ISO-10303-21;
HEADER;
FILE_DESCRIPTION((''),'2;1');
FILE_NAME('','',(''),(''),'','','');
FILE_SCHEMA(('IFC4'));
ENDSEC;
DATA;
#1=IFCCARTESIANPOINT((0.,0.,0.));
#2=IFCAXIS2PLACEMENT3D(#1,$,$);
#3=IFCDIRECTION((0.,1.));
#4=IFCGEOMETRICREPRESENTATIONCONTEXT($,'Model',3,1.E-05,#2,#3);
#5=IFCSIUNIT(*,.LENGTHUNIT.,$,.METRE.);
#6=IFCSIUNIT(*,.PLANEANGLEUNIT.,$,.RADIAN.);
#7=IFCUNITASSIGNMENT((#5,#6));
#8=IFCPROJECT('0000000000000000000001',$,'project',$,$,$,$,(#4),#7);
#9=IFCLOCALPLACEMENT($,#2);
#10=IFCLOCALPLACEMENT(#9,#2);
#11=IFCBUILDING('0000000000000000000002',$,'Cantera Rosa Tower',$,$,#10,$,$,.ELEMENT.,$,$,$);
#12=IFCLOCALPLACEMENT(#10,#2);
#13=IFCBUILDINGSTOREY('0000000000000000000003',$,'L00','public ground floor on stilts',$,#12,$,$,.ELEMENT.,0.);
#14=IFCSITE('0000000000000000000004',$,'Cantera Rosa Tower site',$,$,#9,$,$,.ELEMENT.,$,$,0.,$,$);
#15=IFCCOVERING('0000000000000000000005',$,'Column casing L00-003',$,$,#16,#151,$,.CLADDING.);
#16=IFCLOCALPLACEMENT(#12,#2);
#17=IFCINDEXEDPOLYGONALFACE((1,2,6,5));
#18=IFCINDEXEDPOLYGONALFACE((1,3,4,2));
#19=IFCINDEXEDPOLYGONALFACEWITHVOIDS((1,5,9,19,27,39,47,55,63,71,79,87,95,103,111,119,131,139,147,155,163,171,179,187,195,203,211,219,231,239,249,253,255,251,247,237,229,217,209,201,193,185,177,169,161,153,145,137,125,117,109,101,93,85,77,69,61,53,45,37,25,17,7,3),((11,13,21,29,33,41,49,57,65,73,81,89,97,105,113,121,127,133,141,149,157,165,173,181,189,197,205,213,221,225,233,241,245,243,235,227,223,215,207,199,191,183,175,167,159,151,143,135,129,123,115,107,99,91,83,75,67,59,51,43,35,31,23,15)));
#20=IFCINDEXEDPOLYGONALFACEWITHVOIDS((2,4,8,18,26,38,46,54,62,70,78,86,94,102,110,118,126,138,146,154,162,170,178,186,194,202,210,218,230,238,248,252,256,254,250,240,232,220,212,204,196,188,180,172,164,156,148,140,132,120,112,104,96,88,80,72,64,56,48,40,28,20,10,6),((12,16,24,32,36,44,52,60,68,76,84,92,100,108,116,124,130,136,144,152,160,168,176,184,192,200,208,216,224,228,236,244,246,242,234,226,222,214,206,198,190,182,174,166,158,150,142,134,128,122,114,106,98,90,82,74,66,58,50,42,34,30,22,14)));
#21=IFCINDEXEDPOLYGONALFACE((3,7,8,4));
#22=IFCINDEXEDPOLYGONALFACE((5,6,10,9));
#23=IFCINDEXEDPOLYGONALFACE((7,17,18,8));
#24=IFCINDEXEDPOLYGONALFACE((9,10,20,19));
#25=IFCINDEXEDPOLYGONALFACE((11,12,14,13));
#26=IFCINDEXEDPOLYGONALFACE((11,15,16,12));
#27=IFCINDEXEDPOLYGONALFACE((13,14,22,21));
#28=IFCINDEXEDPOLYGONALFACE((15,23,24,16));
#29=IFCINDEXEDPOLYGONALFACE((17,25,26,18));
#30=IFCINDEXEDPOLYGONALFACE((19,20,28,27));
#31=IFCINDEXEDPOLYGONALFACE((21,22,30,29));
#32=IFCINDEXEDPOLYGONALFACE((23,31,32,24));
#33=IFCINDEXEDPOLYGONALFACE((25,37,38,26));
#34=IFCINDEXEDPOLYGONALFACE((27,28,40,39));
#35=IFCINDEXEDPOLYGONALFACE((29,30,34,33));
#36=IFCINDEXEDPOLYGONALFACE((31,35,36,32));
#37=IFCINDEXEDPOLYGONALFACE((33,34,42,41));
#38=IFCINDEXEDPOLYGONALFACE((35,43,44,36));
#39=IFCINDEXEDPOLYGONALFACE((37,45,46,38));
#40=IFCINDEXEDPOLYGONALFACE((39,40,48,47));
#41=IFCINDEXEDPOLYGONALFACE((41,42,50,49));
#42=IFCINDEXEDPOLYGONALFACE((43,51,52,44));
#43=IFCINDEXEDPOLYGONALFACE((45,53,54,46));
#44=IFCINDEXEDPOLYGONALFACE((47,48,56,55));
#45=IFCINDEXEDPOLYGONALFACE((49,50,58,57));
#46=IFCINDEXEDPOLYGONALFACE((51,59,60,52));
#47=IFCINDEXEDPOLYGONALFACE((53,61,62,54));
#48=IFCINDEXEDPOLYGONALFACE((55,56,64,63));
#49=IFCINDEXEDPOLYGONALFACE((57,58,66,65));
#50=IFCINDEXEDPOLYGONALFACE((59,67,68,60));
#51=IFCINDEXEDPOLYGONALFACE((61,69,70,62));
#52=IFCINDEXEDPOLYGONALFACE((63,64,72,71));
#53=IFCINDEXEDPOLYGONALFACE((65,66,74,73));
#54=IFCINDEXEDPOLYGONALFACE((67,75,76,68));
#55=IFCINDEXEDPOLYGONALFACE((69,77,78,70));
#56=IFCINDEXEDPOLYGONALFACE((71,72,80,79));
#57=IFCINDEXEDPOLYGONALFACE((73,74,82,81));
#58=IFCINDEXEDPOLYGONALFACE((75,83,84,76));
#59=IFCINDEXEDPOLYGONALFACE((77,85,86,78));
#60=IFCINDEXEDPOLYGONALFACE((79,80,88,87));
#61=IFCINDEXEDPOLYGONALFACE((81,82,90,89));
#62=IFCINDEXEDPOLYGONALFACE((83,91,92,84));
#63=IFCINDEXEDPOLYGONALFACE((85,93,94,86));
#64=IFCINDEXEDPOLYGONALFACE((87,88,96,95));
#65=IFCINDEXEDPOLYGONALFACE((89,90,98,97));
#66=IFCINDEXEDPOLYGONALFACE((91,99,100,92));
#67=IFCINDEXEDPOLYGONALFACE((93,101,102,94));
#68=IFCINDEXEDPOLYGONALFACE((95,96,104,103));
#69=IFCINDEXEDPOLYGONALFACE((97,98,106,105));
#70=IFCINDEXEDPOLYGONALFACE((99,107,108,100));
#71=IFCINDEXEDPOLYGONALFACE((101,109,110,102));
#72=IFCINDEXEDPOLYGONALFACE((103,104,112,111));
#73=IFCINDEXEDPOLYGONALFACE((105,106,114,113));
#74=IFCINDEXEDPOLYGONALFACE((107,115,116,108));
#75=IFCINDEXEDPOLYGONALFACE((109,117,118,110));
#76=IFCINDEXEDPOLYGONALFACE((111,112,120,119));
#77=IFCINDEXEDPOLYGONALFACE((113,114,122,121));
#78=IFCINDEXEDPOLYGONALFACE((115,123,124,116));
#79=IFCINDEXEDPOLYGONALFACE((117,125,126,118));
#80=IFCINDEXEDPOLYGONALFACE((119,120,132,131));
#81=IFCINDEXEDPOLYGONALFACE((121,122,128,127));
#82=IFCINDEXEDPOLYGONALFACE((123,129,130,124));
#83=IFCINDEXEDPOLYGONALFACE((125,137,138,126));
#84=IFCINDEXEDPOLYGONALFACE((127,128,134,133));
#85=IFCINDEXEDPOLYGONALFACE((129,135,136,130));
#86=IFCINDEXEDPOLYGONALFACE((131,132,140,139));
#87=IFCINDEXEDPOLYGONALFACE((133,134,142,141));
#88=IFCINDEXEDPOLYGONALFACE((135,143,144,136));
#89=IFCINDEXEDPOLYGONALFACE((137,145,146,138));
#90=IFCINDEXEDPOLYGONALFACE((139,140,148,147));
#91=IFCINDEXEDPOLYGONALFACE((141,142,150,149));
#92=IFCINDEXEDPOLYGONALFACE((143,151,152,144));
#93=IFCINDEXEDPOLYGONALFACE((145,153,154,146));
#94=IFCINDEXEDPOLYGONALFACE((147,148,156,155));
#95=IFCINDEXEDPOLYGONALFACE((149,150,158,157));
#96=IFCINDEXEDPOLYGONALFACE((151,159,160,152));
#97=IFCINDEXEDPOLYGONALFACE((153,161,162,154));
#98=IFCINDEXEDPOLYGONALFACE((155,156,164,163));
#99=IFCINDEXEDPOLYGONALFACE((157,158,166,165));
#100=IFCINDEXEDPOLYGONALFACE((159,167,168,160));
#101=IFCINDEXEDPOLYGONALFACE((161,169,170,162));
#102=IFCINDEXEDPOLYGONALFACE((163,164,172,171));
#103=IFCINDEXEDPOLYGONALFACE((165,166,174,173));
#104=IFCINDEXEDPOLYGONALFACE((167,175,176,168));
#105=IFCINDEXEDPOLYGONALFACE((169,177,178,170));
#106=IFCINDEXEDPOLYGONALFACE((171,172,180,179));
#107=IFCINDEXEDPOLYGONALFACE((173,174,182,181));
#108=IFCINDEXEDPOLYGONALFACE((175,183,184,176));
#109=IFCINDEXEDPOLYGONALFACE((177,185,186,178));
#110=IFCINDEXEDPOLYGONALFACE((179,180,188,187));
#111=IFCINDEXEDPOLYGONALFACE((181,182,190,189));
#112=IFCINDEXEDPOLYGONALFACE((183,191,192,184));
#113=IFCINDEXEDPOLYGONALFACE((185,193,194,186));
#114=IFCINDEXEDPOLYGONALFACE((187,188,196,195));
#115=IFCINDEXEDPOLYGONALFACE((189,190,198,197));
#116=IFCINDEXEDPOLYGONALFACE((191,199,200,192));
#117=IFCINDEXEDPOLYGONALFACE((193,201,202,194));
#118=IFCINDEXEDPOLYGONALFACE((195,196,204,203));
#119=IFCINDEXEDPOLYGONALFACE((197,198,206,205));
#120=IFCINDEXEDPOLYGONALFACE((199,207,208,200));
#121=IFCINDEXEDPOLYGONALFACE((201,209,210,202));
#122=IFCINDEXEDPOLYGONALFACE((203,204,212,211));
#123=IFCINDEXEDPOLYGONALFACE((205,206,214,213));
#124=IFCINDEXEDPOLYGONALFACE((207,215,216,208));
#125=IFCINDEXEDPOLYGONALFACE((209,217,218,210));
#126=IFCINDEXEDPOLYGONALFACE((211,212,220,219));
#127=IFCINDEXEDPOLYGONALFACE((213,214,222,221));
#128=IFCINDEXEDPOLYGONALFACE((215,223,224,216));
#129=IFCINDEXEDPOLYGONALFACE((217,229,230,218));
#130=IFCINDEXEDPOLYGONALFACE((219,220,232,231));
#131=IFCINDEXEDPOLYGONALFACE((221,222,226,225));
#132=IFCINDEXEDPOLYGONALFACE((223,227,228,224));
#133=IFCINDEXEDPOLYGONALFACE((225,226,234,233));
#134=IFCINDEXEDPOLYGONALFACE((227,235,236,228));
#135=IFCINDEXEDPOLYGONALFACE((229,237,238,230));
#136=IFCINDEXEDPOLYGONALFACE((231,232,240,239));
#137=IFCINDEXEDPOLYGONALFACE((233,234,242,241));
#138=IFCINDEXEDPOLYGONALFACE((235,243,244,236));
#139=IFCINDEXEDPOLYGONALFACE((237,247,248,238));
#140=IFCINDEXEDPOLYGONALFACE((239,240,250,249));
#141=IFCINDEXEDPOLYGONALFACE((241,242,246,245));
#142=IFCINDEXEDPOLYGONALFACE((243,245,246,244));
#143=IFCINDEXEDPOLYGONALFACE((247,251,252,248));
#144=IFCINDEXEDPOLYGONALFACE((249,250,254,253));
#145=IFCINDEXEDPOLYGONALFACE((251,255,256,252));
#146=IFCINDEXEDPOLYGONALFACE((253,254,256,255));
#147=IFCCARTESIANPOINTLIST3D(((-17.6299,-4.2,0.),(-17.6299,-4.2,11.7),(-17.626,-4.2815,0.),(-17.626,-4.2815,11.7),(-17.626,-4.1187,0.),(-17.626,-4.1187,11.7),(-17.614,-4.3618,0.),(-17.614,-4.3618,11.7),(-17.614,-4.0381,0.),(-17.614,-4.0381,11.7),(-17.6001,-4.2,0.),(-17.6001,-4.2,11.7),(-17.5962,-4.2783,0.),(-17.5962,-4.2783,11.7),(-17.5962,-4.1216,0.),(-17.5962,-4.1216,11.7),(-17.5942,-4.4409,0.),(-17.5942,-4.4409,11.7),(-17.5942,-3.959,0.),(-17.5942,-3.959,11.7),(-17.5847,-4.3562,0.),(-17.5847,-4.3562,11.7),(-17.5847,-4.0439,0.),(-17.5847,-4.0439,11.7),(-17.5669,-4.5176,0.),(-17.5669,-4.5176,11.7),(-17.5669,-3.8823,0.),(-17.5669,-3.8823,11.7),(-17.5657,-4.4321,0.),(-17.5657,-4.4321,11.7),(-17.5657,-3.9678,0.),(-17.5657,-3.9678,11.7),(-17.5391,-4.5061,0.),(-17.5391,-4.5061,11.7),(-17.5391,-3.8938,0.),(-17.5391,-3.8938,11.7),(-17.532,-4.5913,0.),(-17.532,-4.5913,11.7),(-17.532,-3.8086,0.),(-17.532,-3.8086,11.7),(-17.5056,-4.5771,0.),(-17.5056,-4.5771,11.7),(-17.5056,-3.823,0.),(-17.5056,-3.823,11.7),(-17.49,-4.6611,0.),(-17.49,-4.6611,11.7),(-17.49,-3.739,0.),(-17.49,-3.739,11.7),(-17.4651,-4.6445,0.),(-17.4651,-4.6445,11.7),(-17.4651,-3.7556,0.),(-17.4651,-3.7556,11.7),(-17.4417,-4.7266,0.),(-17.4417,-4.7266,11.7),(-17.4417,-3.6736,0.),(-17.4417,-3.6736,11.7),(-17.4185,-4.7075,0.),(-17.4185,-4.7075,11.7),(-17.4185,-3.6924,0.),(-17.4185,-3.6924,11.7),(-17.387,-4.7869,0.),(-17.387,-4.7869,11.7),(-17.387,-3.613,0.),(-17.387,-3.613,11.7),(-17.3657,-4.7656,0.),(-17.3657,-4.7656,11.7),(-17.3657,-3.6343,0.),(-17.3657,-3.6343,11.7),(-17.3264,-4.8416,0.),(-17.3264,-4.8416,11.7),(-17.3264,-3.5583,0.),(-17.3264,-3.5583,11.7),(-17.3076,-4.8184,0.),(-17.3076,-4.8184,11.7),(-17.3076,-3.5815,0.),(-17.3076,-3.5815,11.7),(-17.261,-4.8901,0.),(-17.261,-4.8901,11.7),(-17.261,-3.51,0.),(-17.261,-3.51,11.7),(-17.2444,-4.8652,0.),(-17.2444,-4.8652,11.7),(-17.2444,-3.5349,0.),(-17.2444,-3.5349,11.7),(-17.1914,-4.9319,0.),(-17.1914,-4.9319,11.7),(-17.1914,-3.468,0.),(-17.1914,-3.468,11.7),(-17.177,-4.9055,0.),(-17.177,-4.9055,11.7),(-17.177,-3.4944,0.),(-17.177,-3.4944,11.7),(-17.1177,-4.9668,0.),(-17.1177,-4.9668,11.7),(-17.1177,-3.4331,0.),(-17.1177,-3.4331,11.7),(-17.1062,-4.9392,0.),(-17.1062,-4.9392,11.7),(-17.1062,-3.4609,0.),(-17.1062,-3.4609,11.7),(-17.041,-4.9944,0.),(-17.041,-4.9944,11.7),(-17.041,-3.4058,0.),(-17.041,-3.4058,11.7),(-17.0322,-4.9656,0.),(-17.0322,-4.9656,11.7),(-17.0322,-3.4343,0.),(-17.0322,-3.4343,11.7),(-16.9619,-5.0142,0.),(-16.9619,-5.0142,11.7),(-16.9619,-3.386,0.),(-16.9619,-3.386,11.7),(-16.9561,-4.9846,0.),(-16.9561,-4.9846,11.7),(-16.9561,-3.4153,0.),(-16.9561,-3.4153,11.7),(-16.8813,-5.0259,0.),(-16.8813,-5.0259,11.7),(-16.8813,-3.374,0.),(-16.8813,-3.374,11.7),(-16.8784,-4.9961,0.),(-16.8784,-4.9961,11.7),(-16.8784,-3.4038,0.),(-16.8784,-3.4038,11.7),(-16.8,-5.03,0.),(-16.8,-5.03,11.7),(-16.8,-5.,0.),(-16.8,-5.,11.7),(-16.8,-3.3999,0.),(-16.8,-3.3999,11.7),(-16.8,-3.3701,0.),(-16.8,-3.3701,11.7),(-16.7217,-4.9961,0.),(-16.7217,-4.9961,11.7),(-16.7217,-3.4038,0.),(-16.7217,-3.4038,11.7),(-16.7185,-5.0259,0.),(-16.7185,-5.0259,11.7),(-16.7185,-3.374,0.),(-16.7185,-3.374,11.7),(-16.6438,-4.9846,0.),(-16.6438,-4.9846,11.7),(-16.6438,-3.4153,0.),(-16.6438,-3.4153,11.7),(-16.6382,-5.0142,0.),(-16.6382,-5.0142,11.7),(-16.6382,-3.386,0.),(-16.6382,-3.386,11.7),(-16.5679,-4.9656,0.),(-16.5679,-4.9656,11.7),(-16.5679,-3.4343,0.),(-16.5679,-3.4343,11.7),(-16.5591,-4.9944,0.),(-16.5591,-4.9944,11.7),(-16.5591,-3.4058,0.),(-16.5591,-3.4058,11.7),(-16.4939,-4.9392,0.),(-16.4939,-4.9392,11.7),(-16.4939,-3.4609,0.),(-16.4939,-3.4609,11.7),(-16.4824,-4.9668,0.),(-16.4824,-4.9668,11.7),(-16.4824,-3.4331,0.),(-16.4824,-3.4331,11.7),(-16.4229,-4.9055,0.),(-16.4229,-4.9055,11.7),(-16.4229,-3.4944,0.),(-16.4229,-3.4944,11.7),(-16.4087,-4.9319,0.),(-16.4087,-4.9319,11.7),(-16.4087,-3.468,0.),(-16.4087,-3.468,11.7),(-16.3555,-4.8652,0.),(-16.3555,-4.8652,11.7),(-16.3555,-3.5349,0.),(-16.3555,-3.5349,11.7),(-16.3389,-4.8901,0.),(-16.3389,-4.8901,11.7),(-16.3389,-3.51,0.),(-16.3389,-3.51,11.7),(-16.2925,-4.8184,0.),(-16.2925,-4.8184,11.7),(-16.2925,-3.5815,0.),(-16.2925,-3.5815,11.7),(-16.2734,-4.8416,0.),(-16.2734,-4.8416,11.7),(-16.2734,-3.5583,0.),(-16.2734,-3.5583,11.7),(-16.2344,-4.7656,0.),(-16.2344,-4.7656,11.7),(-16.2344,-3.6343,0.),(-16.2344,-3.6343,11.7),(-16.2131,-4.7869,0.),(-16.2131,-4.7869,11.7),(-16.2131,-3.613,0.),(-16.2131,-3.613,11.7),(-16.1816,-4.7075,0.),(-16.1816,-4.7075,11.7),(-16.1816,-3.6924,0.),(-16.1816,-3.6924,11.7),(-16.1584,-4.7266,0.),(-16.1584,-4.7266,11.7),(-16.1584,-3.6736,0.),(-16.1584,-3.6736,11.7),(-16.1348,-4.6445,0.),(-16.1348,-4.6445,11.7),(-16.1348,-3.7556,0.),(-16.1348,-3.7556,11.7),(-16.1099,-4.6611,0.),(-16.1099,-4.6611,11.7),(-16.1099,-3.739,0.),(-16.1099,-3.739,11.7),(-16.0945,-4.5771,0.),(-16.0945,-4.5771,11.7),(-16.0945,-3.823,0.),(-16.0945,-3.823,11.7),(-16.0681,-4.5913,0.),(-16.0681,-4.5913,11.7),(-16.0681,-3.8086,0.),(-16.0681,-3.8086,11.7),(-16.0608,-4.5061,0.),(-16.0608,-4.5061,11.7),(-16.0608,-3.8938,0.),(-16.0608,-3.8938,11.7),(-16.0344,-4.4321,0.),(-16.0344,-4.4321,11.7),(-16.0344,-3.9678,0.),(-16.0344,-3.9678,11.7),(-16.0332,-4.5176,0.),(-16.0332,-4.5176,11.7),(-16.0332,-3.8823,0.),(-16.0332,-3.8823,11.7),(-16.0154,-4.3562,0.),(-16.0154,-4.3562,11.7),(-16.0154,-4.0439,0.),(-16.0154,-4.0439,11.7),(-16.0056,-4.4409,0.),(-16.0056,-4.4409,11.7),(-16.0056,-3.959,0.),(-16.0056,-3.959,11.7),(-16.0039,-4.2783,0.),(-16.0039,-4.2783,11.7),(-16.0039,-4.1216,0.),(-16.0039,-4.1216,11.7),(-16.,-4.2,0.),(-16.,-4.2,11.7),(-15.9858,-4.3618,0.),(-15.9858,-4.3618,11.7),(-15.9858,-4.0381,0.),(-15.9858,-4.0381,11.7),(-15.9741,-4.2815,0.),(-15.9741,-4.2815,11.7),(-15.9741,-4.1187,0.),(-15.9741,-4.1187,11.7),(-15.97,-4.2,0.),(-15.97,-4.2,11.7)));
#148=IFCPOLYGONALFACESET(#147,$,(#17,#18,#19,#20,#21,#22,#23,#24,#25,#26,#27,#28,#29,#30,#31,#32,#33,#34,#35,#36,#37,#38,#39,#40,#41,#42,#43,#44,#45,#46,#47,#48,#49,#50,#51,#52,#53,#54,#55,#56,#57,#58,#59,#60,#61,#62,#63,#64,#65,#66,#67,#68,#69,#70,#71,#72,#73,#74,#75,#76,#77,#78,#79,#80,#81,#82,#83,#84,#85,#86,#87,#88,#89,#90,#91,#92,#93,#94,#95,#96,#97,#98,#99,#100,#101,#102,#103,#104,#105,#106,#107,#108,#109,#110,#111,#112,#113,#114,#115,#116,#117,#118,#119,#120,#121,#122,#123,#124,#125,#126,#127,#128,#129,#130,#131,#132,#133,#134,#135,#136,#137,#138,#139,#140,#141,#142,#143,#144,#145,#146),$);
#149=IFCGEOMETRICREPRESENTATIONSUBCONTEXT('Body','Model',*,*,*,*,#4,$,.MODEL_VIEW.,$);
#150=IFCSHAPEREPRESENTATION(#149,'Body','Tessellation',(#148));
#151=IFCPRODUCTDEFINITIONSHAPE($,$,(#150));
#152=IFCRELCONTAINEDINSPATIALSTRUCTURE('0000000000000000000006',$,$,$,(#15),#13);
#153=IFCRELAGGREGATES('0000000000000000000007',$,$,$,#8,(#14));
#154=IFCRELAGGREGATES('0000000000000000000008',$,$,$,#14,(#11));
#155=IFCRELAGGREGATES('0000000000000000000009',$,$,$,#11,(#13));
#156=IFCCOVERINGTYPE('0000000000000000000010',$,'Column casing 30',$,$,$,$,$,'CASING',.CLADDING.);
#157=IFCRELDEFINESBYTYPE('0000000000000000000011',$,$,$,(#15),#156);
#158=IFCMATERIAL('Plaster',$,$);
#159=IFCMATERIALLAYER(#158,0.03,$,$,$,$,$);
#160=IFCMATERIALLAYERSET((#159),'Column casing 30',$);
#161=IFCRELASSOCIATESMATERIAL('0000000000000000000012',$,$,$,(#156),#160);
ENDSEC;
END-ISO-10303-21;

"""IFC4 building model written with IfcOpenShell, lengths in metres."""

from ifc_helpers import new_model, si_unit, direction, origin, place, context, subcontext, project, spatial, polyline, outline, extrude, material, layer, layer_set, type_object, element, save


model = new_model("IFC4")

# Units and contexts
model_context = context("Model", 3, precision=1e-05, world=origin(), true_north=direction((0.0, 1.0)))
body_context = subcontext(model_context, "Body", "Model", "MODEL_VIEW")
ifc_project = project(units=[si_unit("LENGTHUNIT", "METRE"), si_unit("PLANEANGLEUNIT", "RADIAN")], contexts=[model_context])

# Site, building, storey
site_placement = place(None, origin())
site = spatial("IfcSite", under=ifc_project, at=site_placement, Name="Cantera Rosa Tower site", CompositionType="ELEMENT", RefElevation=0.0)
building_placement = place(site_placement, origin())
building = spatial("IfcBuilding", under=site, at=building_placement, Name="Cantera Rosa Tower", CompositionType="ELEMENT")
storey_placement = place(building_placement, origin())
storey = spatial("IfcBuildingStorey", under=building, at=storey_placement, Name="L00", Description="public ground floor on stilts", CompositionType="ELEMENT", Elevation=0.0)

# Covering
ifc_material_1 = material(Name="Plaster")
ifc_layer_1 = layer(ifc_material_1, 0.03)
ifc_layer_set_1 = layer_set([ifc_layer_1], Name="Column casing 30")
covering_type = type_object("IfcCoveringType", Name="Column casing 30", ElementType="CASING", PredefinedType="CLADDING", material=ifc_layer_set_1)
covering_1_placement = place(storey_placement, origin())
element("IfcCovering", 1, at=covering_1_placement, inside=storey, type_object=covering_type, Name="Column casing L00-003", PredefinedType="CLADDING", context=body_context, shape_type="SweptSolid", body=[
    extrude(outline(polyline([(-15.9741, -4.2815), (-15.97, -4.2), (-15.9741, -4.1187), (-15.9858, -4.0381), (-16.0056, -3.959), (-16.0332, -3.8823), (-16.0681, -3.8086), (-16.1099, -3.739), (-16.1584, -3.6736), (-16.2131, -3.613), (-16.2734, -3.5583), (-16.3389, -3.51), (-16.4087, -3.468), (-16.4824, -3.4331), (-16.5591, -3.4058), (-16.6382, -3.386), (-16.7185, -3.374), (-16.8, -3.3701), (-16.8813, -3.374), (-16.9619, -3.386), (-17.041, -3.4058), (-17.1177, -3.4331), (-17.1914, -3.468), (-17.261, -3.51), (-17.3264, -3.5583), (-17.387, -3.613), (-17.4417, -3.6736), (-17.49, -3.739), (-17.532, -3.8086), (-17.5669, -3.8823), (-17.5942, -3.959), (-17.614, -4.0381), (-17.626, -4.1187), (-17.6299, -4.2), (-17.626, -4.2815), (-17.614, -4.3618), (-17.5942, -4.4409), (-17.5669, -4.5176), (-17.532, -4.5913), (-17.49, -4.6611), (-17.4417, -4.7266), (-17.387, -4.7869), (-17.3264, -4.8416), (-17.261, -4.8901), (-17.1914, -4.9319), (-17.1177, -4.9668), (-17.041, -4.9944), (-16.9619, -5.0142), (-16.8813, -5.0259), (-16.8, -5.03), (-16.7185, -5.0259), (-16.6382, -5.0142), (-16.5591, -4.9944), (-16.4824, -4.9668), (-16.4087, -4.9319), (-16.3389, -4.8901), (-16.2734, -4.8416), (-16.2131, -4.7869), (-16.1584, -4.7266), (-16.1099, -4.6611), (-16.0681, -4.5913), (-16.0332, -4.5176), (-16.0056, -4.4409), (-15.9858, -4.3618), (-15.9741, -4.2815)]), holes=[polyline([(-16.0039, -4.1216), (-16.0154, -4.0439), (-16.0344, -3.9678), (-16.0608, -3.8938), (-16.0945, -3.823), (-16.1348, -3.7556), (-16.1816, -3.6924), (-16.2344, -3.6343), (-16.2925, -3.5815), (-16.3555, -3.5349), (-16.4229, -3.4944), (-16.4939, -3.4609), (-16.5679, -3.4343), (-16.6438, -3.4153), (-16.7217, -3.4038), (-16.8, -3.3999), (-16.8784, -3.4038), (-16.9561, -3.4153), (-17.0322, -3.4343), (-17.1062, -3.4609), (-17.177, -3.4944), (-17.2444, -3.5349), (-17.3076, -3.5815), (-17.3657, -3.6343), (-17.4185, -3.6924), (-17.4651, -3.7556), (-17.5056, -3.823), (-17.5391, -3.8938), (-17.5657, -3.9678), (-17.5847, -4.0439), (-17.5962, -4.1216), (-17.6001, -4.2), (-17.5962, -4.2783), (-17.5847, -4.3562), (-17.5657, -4.4321), (-17.5391, -4.5061), (-17.5056, -4.5771), (-17.4651, -4.6445), (-17.4185, -4.7075), (-17.3657, -4.7656), (-17.3076, -4.8184), (-17.2444, -4.8652), (-17.177, -4.9055), (-17.1062, -4.9392), (-17.0322, -4.9656), (-16.9561, -4.9846), (-16.8784, -4.9961), (-16.8, -5.0), (-16.7217, -4.9961), (-16.6438, -4.9846), (-16.5679, -4.9656), (-16.4939, -4.9392), (-16.4229, -4.9055), (-16.3555, -4.8652), (-16.2925, -4.8184), (-16.2344, -4.7656), (-16.1816, -4.7075), (-16.1348, -4.6445), (-16.0945, -4.5771), (-16.0608, -4.5061), (-16.0344, -4.4321), (-16.0154, -4.3562), (-16.0039, -4.2783), (-16.0, -4.2), (-16.0039, -4.1216)])]), origin(), (0.0, 0.0, 1.0), 11.7),
])

save(model, "model.ifc")
